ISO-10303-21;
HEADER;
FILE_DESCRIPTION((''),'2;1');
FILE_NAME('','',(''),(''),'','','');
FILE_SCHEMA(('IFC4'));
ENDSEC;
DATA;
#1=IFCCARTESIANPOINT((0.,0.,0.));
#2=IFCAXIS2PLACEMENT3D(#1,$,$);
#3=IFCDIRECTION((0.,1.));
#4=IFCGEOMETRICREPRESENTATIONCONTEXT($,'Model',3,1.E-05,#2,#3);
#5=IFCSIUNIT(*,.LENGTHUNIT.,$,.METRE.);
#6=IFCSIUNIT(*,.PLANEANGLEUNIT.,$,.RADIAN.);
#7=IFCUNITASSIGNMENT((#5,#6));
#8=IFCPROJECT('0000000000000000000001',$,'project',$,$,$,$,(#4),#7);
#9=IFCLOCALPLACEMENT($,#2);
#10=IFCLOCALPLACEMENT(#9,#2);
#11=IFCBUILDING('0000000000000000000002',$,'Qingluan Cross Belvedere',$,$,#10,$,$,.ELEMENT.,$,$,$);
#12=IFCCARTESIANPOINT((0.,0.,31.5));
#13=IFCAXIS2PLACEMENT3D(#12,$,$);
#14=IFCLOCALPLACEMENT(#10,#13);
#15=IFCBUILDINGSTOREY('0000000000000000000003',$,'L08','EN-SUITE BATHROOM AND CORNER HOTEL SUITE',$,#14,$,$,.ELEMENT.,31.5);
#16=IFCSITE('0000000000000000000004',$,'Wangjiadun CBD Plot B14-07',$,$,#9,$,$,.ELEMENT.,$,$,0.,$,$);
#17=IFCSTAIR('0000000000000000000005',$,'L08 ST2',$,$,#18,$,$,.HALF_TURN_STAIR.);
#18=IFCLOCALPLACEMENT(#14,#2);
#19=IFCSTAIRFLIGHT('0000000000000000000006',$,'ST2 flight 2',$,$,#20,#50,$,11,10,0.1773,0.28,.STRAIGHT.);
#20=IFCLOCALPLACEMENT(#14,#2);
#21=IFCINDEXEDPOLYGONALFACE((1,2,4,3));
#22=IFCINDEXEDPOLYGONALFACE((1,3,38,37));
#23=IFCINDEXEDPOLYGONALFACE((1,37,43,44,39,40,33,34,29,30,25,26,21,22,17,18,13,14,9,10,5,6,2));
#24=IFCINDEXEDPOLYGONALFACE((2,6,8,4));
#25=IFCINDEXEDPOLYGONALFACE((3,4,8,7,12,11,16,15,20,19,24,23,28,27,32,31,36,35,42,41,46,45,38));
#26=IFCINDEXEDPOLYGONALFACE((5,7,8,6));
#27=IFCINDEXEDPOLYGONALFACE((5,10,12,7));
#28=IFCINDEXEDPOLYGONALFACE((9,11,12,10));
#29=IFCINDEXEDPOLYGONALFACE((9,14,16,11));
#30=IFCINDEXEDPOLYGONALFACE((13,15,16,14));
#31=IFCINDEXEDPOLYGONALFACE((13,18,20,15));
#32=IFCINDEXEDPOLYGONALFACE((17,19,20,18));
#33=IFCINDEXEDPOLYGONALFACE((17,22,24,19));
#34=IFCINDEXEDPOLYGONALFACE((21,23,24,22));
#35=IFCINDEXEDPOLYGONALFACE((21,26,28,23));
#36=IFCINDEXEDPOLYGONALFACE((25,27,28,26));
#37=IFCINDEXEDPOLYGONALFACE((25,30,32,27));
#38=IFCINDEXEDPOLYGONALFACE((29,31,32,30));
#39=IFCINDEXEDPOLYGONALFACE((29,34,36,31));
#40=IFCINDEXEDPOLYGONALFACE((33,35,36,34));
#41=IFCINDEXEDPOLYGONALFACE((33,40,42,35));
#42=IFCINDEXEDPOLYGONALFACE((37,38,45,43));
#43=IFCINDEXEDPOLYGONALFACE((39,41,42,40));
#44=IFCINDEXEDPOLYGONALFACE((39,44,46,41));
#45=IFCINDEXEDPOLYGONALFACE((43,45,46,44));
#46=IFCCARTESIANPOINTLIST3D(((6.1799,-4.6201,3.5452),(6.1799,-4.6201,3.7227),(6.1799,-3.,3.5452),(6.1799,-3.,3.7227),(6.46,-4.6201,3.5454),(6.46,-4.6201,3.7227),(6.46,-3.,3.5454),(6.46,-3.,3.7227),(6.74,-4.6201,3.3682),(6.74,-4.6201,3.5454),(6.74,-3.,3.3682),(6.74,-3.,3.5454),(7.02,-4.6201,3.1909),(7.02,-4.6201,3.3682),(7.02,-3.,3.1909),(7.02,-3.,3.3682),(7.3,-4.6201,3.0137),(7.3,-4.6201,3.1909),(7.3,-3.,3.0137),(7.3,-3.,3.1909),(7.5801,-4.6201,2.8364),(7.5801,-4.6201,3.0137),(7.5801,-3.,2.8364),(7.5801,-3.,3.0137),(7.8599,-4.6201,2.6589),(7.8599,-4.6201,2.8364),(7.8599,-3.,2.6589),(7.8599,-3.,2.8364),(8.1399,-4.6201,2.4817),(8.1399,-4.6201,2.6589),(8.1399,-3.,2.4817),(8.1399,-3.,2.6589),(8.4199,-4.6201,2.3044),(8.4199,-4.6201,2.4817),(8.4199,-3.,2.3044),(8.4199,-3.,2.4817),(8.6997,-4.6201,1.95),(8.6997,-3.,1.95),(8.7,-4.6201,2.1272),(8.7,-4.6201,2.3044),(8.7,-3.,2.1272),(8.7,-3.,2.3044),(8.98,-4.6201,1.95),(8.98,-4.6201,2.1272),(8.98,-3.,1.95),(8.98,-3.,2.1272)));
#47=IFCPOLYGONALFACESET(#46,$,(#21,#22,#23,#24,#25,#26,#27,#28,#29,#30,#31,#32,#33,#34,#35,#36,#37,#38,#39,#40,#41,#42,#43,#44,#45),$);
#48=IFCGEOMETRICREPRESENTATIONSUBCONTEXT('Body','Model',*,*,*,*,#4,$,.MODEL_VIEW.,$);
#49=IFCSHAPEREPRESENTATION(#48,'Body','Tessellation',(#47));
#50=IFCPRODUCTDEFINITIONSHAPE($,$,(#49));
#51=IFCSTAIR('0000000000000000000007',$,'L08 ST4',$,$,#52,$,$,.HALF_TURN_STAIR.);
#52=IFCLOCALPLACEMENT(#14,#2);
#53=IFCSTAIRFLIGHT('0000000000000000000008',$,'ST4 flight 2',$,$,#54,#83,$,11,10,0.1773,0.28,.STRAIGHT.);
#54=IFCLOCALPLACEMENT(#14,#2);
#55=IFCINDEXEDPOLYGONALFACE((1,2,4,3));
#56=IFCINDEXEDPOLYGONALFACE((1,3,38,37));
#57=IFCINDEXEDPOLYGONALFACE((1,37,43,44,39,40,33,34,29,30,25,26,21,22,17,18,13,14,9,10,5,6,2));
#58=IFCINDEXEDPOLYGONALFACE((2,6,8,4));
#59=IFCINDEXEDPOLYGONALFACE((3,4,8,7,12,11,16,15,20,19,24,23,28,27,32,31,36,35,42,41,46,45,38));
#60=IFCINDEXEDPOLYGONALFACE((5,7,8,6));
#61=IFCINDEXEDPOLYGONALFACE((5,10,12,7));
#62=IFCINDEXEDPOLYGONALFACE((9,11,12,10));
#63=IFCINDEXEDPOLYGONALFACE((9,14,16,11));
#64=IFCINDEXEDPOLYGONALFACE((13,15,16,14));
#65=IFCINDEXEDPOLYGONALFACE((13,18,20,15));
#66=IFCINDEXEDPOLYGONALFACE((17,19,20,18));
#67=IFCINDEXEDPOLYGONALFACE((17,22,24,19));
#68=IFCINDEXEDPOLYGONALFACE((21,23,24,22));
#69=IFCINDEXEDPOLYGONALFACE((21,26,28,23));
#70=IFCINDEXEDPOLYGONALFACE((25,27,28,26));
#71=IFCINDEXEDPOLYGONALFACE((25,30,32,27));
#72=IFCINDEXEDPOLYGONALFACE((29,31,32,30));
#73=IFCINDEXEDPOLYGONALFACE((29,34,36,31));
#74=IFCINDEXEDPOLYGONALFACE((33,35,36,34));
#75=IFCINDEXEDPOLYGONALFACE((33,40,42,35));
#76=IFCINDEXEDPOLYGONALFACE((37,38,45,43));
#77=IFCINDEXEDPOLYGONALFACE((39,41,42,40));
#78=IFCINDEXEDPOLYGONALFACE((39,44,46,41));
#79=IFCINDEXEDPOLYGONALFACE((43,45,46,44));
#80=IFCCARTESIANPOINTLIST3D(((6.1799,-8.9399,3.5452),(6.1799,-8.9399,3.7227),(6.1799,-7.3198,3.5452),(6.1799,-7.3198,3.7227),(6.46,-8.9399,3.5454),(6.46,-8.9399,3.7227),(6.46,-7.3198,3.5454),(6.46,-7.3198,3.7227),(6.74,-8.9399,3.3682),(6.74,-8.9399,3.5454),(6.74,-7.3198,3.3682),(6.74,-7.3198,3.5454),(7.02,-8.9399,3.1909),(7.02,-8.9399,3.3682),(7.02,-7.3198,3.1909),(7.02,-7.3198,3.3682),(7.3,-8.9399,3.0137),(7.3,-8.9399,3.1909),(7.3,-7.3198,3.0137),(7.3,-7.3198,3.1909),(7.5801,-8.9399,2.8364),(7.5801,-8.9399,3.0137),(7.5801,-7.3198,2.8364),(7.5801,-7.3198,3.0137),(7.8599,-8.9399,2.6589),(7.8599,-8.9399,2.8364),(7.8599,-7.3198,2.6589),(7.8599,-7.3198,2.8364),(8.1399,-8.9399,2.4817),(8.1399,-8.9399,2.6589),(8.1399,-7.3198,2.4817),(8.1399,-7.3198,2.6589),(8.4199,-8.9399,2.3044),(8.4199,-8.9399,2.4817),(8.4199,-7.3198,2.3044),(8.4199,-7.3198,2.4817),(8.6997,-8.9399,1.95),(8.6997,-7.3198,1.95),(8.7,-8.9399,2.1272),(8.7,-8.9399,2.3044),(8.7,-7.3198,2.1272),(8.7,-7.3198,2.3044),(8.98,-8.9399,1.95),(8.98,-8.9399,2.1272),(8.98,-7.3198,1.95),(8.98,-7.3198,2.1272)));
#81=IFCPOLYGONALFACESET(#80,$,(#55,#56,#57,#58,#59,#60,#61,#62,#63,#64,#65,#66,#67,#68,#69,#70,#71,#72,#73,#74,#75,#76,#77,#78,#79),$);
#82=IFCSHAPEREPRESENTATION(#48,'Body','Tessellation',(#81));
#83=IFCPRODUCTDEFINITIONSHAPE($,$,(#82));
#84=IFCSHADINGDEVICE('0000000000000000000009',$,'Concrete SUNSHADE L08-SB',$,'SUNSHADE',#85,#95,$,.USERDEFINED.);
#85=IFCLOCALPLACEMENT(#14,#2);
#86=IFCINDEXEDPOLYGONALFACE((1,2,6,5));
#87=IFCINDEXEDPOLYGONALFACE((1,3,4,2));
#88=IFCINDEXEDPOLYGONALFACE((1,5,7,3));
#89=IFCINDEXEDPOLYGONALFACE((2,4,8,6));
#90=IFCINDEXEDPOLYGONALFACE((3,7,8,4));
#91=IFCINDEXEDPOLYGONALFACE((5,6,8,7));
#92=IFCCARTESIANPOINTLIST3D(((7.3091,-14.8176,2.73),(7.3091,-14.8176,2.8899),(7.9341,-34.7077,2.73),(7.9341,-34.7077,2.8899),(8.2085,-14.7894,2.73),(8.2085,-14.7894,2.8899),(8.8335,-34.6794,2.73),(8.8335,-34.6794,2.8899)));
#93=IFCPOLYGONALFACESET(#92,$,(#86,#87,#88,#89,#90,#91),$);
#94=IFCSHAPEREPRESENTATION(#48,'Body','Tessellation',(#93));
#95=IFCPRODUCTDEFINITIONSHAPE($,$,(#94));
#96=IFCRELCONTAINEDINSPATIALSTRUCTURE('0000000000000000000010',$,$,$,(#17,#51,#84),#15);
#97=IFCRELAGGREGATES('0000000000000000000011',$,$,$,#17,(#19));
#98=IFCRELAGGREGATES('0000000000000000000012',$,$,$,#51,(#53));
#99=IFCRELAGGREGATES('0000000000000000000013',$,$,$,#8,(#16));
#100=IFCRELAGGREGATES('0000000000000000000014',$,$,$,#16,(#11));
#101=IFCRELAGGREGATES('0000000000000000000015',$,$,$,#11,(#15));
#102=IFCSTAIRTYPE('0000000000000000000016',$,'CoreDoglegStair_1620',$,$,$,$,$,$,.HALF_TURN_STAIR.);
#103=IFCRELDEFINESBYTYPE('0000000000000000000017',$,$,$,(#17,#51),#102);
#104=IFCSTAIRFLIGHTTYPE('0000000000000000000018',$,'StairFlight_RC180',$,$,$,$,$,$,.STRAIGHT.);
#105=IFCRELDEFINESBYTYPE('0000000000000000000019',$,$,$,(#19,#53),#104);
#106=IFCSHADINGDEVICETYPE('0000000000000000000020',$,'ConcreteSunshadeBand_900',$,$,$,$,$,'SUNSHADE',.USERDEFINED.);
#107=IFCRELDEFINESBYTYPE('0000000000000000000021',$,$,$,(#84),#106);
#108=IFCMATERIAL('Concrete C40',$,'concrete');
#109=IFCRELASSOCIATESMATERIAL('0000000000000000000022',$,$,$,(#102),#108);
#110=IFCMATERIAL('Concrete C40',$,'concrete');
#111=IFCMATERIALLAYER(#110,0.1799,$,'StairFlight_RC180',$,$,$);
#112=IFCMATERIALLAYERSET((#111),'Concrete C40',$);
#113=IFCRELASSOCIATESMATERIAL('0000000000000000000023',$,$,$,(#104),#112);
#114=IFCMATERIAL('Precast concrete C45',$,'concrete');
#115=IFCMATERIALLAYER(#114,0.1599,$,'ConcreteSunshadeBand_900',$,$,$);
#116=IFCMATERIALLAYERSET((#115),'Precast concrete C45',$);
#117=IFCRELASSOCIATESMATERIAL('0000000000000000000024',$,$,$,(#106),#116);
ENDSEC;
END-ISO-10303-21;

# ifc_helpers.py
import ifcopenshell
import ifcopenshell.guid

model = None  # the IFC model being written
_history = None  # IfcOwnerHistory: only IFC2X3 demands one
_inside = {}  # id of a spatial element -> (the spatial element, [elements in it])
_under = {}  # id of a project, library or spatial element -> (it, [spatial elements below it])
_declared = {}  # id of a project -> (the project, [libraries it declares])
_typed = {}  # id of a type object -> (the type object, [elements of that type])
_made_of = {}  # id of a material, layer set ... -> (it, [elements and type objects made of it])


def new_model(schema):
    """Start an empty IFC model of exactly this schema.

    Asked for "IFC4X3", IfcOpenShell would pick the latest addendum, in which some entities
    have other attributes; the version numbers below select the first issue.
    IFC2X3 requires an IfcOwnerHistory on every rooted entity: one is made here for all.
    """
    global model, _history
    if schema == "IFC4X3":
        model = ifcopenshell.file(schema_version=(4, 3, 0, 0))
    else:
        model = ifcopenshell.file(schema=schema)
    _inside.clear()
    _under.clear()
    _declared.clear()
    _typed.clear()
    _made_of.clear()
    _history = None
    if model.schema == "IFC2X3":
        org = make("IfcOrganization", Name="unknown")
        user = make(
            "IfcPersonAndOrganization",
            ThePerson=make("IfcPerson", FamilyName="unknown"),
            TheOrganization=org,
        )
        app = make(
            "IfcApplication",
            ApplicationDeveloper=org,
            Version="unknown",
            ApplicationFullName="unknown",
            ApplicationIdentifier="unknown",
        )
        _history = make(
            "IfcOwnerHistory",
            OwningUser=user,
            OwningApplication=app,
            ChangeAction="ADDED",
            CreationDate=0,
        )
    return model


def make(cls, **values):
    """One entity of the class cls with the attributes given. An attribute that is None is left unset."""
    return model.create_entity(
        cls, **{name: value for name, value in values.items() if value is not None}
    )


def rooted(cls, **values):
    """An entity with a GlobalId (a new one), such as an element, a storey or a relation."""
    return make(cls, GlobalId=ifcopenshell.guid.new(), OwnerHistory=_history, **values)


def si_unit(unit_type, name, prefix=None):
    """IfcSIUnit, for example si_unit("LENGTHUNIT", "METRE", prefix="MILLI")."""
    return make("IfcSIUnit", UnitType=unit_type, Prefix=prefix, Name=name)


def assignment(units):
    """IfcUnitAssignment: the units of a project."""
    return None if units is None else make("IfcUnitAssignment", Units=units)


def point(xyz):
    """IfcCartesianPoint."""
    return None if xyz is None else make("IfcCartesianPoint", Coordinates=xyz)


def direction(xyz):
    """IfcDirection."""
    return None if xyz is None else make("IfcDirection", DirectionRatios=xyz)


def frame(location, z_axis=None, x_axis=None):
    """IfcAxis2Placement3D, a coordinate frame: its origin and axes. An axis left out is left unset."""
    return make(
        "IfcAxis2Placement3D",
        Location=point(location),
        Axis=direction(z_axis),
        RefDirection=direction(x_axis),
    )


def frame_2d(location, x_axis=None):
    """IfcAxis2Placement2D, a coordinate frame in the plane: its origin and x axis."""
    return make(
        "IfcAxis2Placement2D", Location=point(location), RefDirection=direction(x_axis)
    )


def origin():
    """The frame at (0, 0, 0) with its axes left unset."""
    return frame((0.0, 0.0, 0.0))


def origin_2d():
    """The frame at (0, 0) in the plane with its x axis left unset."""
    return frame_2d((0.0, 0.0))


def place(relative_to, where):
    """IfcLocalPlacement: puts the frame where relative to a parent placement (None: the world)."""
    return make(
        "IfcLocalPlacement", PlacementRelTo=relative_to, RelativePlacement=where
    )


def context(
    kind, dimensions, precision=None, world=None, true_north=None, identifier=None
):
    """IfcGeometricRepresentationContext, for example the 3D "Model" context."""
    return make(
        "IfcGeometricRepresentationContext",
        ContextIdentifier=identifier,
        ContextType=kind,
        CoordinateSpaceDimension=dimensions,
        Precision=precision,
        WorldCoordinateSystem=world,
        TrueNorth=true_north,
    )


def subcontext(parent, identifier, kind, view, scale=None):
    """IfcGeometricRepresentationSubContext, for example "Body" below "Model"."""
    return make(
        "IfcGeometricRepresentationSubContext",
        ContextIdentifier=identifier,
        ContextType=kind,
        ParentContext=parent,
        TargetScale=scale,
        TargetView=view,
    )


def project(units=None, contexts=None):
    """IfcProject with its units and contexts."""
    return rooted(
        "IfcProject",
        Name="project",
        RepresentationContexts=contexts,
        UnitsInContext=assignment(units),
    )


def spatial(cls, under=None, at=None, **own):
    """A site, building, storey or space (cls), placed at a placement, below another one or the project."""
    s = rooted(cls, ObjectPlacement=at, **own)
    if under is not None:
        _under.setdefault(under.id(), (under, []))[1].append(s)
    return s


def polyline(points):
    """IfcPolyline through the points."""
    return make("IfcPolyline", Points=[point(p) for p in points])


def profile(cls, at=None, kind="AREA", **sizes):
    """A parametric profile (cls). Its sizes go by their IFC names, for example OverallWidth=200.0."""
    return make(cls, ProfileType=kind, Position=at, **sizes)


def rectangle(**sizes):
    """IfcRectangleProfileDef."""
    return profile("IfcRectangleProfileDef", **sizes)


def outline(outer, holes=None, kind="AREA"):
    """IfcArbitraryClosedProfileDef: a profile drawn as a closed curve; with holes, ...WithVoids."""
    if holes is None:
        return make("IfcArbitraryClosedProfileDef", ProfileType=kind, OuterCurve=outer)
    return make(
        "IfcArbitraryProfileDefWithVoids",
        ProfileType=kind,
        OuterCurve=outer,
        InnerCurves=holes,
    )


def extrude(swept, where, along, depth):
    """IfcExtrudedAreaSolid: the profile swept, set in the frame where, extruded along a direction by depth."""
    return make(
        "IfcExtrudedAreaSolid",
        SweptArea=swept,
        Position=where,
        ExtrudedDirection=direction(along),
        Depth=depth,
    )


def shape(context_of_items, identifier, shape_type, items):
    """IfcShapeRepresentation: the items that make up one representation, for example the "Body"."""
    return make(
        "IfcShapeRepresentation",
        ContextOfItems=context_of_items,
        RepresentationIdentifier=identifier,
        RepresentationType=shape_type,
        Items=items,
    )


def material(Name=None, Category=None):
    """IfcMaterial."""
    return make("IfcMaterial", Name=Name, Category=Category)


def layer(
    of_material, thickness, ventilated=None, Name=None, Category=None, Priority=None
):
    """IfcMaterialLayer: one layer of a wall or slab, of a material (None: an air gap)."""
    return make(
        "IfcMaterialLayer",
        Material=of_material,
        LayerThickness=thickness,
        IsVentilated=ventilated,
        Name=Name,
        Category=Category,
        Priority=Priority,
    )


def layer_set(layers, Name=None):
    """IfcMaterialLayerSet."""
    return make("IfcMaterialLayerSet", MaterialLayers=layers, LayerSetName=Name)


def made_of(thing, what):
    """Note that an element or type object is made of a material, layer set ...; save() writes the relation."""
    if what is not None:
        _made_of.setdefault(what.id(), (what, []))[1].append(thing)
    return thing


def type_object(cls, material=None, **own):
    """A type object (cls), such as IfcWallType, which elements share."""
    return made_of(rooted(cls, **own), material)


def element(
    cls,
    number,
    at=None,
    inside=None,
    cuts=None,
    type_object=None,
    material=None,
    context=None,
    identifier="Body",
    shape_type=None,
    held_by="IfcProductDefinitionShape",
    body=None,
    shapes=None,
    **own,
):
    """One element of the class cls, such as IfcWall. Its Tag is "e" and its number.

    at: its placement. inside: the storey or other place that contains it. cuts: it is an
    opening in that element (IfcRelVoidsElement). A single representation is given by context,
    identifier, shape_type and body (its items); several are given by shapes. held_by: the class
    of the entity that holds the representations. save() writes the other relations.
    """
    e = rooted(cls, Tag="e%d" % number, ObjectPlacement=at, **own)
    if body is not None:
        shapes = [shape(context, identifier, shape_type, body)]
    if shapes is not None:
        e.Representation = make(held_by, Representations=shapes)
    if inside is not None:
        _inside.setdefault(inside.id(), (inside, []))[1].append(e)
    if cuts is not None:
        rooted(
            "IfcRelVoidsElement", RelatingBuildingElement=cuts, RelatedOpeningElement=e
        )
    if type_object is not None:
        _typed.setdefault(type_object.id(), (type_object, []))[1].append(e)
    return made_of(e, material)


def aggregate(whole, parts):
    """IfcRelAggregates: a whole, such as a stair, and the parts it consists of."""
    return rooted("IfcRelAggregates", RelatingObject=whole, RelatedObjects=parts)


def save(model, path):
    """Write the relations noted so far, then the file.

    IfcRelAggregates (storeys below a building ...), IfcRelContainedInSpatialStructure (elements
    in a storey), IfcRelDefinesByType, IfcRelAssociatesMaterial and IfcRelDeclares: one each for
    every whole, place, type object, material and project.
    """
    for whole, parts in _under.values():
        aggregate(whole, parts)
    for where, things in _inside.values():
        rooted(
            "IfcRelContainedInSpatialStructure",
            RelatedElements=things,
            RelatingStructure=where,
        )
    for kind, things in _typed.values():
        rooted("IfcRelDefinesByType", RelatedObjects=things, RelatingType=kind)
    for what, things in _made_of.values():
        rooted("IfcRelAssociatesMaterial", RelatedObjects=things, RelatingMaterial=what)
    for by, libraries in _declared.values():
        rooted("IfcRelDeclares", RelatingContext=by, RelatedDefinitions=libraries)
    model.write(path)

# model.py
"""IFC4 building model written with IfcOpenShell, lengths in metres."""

from ifc_helpers import new_model, si_unit, direction, frame, origin, origin_2d, place, context, subcontext, project, spatial, polyline, rectangle, outline, extrude, material, layer, layer_set, type_object, element, aggregate, save


model = new_model("IFC4")

# Units and contexts
model_context = context("Model", 3, precision=1e-05, world=origin(), true_north=direction((0.0, 1.0)))
body_context = subcontext(model_context, "Body", "Model", "MODEL_VIEW")
ifc_project = project(units=[si_unit("LENGTHUNIT", "METRE"), si_unit("PLANEANGLEUNIT", "RADIAN")], contexts=[model_context])

# Site, building, storey
site_placement = place(None, origin())
site = spatial("IfcSite", under=ifc_project, at=site_placement, Name="Wangjiadun CBD Plot B14-07", CompositionType="ELEMENT", RefElevation=0.0)
building_placement = place(site_placement, origin())
building = spatial("IfcBuilding", under=site, at=building_placement, Name="Qingluan Cross Belvedere", CompositionType="ELEMENT")
storey_placement = place(building_placement, frame((0.0, 0.0, 31.5)))
storey = spatial("IfcBuildingStorey", under=building, at=storey_placement, Name="L08", Description="EN-SUITE BATHROOM AND CORNER HOTEL SUITE", CompositionType="ELEMENT", Elevation=31.5)

# Stairs, stair flights
ifc_material_1 = material(Name="Concrete C40", Category="concrete")
stair_type = type_object("IfcStairType", Name="CoreDoglegStair_1620", PredefinedType="HALF_TURN_STAIR", material=ifc_material_1)
stair_1_placement = place(storey_placement, origin())
stair_1 = element("IfcStair", 1, at=stair_1_placement, inside=storey, type_object=stair_type, Name="L08 ST2", PredefinedType="HALF_TURN_STAIR")
ifc_material_2 = material(Name="Concrete C40", Category="concrete")
ifc_layer_1 = layer(ifc_material_2, 0.1799, Name="StairFlight_RC180")
ifc_layer_set_1 = layer_set([ifc_layer_1], Name="Concrete C40")
stair_flight_type = type_object("IfcStairFlightType", Name="StairFlight_RC180", PredefinedType="STRAIGHT", material=ifc_layer_set_1)
stair_flight_1_placement = place(storey_placement, frame((8.98, -3.8101, 1.95), z_axis=(0.0, 0.0, 1.0), x_axis=(-1.0, 0.0, 0.0)))
stair_flight_1 = element("IfcStairFlight", 2, at=stair_flight_1_placement, type_object=stair_flight_type, Name="ST2 flight 2", NumberOfRisers=11, NumberOfTreads=10, PredefinedType="STRAIGHT", RiserHeight=0.1773, TreadLength=0.28, context=body_context, shape_type="SweptSolid", body=[
    extrude(outline(polyline([(0.0, 0.0), (0.0, 0.1772), (0.28, 0.1772), (0.28, 0.3545), (0.5601, 0.3545), (0.5601, 0.5317), (0.8401, 0.5317), (0.8401, 0.709), (1.1201, 0.709), (1.1201, 0.8865), (1.3999, 0.8865), (1.3999, 1.0637), (1.6799, 1.0637), (1.6799, 1.241), (1.96, 1.241), (1.96, 1.4182), (2.24, 1.4182), (2.24, 1.5955), (2.52, 1.5955), (2.52, 1.7727), (2.8, 1.7727), (2.8, 1.95), (2.8, 1.5952), (0.2803, 0.0), (0.0, 0.0)])), frame((0.0, 0.8101, 0.0), z_axis=(0.0, -1.0, 0.0), x_axis=(1.0, 0.0, 0.0)), (0.0, 0.0, 1.0), 1.6201),
])
aggregate(stair_1, [stair_flight_1])
stair_2_placement = place(storey_placement, origin())
stair_2 = element("IfcStair", 3, at=stair_2_placement, inside=storey, type_object=stair_type, Name="L08 ST4", PredefinedType="HALF_TURN_STAIR")
stair_flight_2_placement = place(storey_placement, frame((8.98, -8.1299, 1.95), z_axis=(0.0, 0.0, 1.0), x_axis=(-1.0, 0.0, 0.0)))
stair_flight_2 = element("IfcStairFlight", 4, at=stair_flight_2_placement, type_object=stair_flight_type, Name="ST4 flight 2", NumberOfRisers=11, NumberOfTreads=10, PredefinedType="STRAIGHT", RiserHeight=0.1773, TreadLength=0.28, context=body_context, shape_type="SweptSolid", body=[
    extrude(outline(polyline([(0.0, 0.0), (0.0, 0.1772), (0.28, 0.1772), (0.28, 0.3545), (0.5601, 0.3545), (0.5601, 0.5317), (0.8401, 0.5317), (0.8401, 0.709), (1.1201, 0.709), (1.1201, 0.8865), (1.3999, 0.8865), (1.3999, 1.0637), (1.6799, 1.0637), (1.6799, 1.241), (1.96, 1.241), (1.96, 1.4182), (2.24, 1.4182), (2.24, 1.5955), (2.52, 1.5955), (2.52, 1.7727), (2.8, 1.7727), (2.8, 1.95), (2.8, 1.5952), (0.2803, 0.0), (0.0, 0.0)])), frame((0.0, 0.8101, 0.0), z_axis=(0.0, -1.0, 0.0), x_axis=(1.0, 0.0, 0.0)), (0.0, 0.0, 1.0), 1.6201),
])
aggregate(stair_2, [stair_flight_2])

# Shading device
ifc_material_3 = material(Name="Precast concrete C45", Category="concrete")
ifc_layer_2 = layer(ifc_material_3, 0.1599, Name="ConcreteSunshadeBand_900")
ifc_layer_set_2 = layer_set([ifc_layer_2], Name="Precast concrete C45")
shading_device_type = type_object("IfcShadingDeviceType", Name="ConcreteSunshadeBand_900", ElementType="SUNSHADE", PredefinedType="USERDEFINED", material=ifc_layer_set_2)
shading_device_placement = place(storey_placement, frame((8.0713, -24.7485, 2.73), z_axis=(0.0, 0.0, 1.0), x_axis=(-0.031408, 0.999507, 0.0)))
element("IfcShadingDevice", 5, at=shading_device_placement, inside=storey, type_object=shading_device_type, Name="Concrete SUNSHADE L08-SB", ObjectType="SUNSHADE", PredefinedType="USERDEFINED", context=body_context, shape_type="SweptSolid", body=[
    extrude(rectangle(XDim=19.8999, YDim=0.8999, at=origin_2d()), origin(), (0.0, 0.0, 1.0), 0.1599),
])

save(model, "model.ifc")
